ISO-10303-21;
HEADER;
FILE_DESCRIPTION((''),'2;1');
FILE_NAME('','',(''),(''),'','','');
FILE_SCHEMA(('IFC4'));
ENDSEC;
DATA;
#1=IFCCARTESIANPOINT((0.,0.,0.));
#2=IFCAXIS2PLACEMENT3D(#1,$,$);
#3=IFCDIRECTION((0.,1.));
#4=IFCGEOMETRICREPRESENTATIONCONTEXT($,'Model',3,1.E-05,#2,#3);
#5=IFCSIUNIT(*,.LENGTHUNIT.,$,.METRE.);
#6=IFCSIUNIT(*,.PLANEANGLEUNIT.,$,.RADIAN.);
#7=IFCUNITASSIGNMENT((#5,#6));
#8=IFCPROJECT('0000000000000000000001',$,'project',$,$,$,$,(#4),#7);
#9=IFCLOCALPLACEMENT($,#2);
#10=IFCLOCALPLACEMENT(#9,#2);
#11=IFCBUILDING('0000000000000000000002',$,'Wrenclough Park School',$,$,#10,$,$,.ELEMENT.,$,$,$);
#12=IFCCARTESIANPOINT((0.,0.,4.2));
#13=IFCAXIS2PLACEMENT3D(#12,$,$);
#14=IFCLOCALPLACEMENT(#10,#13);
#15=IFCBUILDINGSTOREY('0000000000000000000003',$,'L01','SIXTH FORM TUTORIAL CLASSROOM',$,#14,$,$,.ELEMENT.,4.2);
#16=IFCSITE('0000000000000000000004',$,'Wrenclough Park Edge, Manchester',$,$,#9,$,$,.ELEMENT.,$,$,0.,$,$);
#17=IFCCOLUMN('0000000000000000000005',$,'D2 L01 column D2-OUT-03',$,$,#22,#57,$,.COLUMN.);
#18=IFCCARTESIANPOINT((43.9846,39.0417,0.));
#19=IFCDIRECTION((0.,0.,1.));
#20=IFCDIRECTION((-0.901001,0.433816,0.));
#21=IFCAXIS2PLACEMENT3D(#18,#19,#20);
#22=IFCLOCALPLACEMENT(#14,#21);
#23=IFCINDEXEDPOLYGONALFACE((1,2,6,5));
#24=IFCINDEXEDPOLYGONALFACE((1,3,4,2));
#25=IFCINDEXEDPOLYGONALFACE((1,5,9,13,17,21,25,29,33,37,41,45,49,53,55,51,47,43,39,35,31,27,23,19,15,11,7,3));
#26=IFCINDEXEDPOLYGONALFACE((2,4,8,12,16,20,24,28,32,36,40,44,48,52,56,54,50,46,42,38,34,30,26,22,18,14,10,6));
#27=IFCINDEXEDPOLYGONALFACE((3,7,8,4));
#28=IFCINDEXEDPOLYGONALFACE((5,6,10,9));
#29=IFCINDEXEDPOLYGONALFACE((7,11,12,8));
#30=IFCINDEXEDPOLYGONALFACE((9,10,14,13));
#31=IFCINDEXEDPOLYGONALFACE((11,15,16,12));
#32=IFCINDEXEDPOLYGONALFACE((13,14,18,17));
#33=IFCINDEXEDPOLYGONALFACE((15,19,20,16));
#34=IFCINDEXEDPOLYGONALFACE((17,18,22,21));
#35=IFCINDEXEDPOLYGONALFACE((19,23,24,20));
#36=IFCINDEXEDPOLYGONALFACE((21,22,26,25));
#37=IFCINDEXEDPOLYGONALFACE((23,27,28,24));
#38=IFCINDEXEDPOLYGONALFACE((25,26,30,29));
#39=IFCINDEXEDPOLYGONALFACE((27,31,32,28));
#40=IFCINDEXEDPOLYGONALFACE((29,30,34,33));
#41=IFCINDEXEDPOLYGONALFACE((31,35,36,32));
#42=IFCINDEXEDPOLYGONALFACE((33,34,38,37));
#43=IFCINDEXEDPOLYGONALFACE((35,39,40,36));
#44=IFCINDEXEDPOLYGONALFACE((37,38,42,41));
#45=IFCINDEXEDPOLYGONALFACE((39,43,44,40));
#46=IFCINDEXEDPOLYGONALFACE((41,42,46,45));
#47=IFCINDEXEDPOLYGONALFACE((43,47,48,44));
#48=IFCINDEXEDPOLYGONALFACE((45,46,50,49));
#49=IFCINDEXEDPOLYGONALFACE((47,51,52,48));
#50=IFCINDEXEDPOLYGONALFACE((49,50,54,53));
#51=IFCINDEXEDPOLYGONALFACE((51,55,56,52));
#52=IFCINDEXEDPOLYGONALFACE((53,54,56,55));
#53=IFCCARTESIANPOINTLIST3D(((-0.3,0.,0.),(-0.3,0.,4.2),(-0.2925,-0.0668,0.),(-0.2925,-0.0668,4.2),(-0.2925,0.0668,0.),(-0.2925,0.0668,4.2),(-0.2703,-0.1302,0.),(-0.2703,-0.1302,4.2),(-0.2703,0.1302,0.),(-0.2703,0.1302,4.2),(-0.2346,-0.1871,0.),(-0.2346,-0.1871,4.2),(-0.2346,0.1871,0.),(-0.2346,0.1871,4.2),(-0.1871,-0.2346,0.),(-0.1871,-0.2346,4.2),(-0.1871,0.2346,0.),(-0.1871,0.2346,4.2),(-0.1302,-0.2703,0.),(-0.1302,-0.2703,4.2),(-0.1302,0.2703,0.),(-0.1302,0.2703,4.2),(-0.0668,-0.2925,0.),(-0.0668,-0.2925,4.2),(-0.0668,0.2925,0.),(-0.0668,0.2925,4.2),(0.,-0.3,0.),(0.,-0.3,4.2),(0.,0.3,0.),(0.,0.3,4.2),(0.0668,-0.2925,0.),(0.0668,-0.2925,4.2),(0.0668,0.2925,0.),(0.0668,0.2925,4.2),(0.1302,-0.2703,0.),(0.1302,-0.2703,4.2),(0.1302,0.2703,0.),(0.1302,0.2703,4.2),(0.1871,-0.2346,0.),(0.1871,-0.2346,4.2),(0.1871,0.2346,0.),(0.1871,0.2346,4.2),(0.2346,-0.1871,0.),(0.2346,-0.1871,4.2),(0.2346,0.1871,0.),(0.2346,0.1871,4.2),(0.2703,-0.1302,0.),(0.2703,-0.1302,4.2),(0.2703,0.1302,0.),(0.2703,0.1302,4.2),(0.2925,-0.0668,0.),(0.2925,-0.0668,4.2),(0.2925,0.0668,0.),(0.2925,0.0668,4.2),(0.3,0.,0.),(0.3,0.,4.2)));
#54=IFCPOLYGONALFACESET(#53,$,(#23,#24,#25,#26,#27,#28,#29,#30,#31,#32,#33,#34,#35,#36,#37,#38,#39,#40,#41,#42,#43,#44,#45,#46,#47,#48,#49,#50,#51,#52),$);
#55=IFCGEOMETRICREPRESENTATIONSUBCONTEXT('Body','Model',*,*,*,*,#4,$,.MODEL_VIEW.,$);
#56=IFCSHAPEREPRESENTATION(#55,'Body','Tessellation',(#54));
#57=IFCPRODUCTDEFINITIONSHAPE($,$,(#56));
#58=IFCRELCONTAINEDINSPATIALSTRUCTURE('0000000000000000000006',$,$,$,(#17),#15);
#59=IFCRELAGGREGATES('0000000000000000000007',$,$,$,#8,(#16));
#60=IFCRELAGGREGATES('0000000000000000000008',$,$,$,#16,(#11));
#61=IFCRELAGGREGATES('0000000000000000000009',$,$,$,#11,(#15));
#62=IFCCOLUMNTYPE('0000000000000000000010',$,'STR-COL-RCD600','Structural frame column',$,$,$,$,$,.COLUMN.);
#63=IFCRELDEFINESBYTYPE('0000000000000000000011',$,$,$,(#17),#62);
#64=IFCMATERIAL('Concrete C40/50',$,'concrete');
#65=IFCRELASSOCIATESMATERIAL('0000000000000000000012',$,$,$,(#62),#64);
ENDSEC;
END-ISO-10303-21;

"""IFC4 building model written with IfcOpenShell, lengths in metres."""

from ifc_helpers import new_model, si_unit, direction, frame, origin, origin_2d, place, context, subcontext, project, spatial, circle, extrude, material, material_profile, profile_set, type_object, element, save


model = new_model("IFC4")

# Units and contexts
model_context = context("Model", 3, precision=1e-05, world=origin(), true_north=direction((0.0, 1.0)))
body_context = subcontext(model_context, "Body", "Model", "MODEL_VIEW")
ifc_project = project(units=[si_unit("LENGTHUNIT", "METRE"), si_unit("PLANEANGLEUNIT", "RADIAN")], contexts=[model_context])

# Site, building, storey
site_placement = place(None, origin())
site = spatial("IfcSite", under=ifc_project, at=site_placement, Name="Wrenclough Park Edge, Manchester", CompositionType="ELEMENT", RefElevation=0.0)
building_placement = place(site_placement, origin())
building = spatial("IfcBuilding", under=site, at=building_placement, Name="Wrenclough Park School", CompositionType="ELEMENT")
storey_placement = place(building_placement, frame((0.0, 0.0, 4.2)))
storey = spatial("IfcBuildingStorey", under=building, at=storey_placement, Name="L01", Description="SIXTH FORM TUTORIAL CLASSROOM", CompositionType="ELEMENT", Elevation=4.2)

# Column
ifc_material_1 = material(Name="Concrete C40/50", Category="concrete")
ifc_material_profile_1 = material_profile(ifc_material_1, circle(Radius=0.3, at=origin_2d()), Name="RC COL D600")
ifc_profile_set_1 = profile_set([ifc_material_profile_1], Name="Concrete C40/50")
column_type = type_object("IfcColumnType", Name="STR-COL-RCD600", Description="Structural frame column", PredefinedType="COLUMN", material=ifc_profile_set_1)
column_placement = place(storey_placement, frame((43.9846, 39.0417, 0.0), z_axis=(0.0, 0.0, 1.0), x_axis=(-0.901001, 0.433816, 0.0)))
element("IfcColumn", 1, at=column_placement, inside=storey, type_object=column_type, Name="D2 L01 column D2-OUT-03", PredefinedType="COLUMN", context=body_context, shape_type="SweptSolid", body=[
    extrude(circle(Radius=0.3, at=origin_2d()), origin(), (0.0, 0.0, 1.0), 4.2),
])

save(model, "model.ifc")
